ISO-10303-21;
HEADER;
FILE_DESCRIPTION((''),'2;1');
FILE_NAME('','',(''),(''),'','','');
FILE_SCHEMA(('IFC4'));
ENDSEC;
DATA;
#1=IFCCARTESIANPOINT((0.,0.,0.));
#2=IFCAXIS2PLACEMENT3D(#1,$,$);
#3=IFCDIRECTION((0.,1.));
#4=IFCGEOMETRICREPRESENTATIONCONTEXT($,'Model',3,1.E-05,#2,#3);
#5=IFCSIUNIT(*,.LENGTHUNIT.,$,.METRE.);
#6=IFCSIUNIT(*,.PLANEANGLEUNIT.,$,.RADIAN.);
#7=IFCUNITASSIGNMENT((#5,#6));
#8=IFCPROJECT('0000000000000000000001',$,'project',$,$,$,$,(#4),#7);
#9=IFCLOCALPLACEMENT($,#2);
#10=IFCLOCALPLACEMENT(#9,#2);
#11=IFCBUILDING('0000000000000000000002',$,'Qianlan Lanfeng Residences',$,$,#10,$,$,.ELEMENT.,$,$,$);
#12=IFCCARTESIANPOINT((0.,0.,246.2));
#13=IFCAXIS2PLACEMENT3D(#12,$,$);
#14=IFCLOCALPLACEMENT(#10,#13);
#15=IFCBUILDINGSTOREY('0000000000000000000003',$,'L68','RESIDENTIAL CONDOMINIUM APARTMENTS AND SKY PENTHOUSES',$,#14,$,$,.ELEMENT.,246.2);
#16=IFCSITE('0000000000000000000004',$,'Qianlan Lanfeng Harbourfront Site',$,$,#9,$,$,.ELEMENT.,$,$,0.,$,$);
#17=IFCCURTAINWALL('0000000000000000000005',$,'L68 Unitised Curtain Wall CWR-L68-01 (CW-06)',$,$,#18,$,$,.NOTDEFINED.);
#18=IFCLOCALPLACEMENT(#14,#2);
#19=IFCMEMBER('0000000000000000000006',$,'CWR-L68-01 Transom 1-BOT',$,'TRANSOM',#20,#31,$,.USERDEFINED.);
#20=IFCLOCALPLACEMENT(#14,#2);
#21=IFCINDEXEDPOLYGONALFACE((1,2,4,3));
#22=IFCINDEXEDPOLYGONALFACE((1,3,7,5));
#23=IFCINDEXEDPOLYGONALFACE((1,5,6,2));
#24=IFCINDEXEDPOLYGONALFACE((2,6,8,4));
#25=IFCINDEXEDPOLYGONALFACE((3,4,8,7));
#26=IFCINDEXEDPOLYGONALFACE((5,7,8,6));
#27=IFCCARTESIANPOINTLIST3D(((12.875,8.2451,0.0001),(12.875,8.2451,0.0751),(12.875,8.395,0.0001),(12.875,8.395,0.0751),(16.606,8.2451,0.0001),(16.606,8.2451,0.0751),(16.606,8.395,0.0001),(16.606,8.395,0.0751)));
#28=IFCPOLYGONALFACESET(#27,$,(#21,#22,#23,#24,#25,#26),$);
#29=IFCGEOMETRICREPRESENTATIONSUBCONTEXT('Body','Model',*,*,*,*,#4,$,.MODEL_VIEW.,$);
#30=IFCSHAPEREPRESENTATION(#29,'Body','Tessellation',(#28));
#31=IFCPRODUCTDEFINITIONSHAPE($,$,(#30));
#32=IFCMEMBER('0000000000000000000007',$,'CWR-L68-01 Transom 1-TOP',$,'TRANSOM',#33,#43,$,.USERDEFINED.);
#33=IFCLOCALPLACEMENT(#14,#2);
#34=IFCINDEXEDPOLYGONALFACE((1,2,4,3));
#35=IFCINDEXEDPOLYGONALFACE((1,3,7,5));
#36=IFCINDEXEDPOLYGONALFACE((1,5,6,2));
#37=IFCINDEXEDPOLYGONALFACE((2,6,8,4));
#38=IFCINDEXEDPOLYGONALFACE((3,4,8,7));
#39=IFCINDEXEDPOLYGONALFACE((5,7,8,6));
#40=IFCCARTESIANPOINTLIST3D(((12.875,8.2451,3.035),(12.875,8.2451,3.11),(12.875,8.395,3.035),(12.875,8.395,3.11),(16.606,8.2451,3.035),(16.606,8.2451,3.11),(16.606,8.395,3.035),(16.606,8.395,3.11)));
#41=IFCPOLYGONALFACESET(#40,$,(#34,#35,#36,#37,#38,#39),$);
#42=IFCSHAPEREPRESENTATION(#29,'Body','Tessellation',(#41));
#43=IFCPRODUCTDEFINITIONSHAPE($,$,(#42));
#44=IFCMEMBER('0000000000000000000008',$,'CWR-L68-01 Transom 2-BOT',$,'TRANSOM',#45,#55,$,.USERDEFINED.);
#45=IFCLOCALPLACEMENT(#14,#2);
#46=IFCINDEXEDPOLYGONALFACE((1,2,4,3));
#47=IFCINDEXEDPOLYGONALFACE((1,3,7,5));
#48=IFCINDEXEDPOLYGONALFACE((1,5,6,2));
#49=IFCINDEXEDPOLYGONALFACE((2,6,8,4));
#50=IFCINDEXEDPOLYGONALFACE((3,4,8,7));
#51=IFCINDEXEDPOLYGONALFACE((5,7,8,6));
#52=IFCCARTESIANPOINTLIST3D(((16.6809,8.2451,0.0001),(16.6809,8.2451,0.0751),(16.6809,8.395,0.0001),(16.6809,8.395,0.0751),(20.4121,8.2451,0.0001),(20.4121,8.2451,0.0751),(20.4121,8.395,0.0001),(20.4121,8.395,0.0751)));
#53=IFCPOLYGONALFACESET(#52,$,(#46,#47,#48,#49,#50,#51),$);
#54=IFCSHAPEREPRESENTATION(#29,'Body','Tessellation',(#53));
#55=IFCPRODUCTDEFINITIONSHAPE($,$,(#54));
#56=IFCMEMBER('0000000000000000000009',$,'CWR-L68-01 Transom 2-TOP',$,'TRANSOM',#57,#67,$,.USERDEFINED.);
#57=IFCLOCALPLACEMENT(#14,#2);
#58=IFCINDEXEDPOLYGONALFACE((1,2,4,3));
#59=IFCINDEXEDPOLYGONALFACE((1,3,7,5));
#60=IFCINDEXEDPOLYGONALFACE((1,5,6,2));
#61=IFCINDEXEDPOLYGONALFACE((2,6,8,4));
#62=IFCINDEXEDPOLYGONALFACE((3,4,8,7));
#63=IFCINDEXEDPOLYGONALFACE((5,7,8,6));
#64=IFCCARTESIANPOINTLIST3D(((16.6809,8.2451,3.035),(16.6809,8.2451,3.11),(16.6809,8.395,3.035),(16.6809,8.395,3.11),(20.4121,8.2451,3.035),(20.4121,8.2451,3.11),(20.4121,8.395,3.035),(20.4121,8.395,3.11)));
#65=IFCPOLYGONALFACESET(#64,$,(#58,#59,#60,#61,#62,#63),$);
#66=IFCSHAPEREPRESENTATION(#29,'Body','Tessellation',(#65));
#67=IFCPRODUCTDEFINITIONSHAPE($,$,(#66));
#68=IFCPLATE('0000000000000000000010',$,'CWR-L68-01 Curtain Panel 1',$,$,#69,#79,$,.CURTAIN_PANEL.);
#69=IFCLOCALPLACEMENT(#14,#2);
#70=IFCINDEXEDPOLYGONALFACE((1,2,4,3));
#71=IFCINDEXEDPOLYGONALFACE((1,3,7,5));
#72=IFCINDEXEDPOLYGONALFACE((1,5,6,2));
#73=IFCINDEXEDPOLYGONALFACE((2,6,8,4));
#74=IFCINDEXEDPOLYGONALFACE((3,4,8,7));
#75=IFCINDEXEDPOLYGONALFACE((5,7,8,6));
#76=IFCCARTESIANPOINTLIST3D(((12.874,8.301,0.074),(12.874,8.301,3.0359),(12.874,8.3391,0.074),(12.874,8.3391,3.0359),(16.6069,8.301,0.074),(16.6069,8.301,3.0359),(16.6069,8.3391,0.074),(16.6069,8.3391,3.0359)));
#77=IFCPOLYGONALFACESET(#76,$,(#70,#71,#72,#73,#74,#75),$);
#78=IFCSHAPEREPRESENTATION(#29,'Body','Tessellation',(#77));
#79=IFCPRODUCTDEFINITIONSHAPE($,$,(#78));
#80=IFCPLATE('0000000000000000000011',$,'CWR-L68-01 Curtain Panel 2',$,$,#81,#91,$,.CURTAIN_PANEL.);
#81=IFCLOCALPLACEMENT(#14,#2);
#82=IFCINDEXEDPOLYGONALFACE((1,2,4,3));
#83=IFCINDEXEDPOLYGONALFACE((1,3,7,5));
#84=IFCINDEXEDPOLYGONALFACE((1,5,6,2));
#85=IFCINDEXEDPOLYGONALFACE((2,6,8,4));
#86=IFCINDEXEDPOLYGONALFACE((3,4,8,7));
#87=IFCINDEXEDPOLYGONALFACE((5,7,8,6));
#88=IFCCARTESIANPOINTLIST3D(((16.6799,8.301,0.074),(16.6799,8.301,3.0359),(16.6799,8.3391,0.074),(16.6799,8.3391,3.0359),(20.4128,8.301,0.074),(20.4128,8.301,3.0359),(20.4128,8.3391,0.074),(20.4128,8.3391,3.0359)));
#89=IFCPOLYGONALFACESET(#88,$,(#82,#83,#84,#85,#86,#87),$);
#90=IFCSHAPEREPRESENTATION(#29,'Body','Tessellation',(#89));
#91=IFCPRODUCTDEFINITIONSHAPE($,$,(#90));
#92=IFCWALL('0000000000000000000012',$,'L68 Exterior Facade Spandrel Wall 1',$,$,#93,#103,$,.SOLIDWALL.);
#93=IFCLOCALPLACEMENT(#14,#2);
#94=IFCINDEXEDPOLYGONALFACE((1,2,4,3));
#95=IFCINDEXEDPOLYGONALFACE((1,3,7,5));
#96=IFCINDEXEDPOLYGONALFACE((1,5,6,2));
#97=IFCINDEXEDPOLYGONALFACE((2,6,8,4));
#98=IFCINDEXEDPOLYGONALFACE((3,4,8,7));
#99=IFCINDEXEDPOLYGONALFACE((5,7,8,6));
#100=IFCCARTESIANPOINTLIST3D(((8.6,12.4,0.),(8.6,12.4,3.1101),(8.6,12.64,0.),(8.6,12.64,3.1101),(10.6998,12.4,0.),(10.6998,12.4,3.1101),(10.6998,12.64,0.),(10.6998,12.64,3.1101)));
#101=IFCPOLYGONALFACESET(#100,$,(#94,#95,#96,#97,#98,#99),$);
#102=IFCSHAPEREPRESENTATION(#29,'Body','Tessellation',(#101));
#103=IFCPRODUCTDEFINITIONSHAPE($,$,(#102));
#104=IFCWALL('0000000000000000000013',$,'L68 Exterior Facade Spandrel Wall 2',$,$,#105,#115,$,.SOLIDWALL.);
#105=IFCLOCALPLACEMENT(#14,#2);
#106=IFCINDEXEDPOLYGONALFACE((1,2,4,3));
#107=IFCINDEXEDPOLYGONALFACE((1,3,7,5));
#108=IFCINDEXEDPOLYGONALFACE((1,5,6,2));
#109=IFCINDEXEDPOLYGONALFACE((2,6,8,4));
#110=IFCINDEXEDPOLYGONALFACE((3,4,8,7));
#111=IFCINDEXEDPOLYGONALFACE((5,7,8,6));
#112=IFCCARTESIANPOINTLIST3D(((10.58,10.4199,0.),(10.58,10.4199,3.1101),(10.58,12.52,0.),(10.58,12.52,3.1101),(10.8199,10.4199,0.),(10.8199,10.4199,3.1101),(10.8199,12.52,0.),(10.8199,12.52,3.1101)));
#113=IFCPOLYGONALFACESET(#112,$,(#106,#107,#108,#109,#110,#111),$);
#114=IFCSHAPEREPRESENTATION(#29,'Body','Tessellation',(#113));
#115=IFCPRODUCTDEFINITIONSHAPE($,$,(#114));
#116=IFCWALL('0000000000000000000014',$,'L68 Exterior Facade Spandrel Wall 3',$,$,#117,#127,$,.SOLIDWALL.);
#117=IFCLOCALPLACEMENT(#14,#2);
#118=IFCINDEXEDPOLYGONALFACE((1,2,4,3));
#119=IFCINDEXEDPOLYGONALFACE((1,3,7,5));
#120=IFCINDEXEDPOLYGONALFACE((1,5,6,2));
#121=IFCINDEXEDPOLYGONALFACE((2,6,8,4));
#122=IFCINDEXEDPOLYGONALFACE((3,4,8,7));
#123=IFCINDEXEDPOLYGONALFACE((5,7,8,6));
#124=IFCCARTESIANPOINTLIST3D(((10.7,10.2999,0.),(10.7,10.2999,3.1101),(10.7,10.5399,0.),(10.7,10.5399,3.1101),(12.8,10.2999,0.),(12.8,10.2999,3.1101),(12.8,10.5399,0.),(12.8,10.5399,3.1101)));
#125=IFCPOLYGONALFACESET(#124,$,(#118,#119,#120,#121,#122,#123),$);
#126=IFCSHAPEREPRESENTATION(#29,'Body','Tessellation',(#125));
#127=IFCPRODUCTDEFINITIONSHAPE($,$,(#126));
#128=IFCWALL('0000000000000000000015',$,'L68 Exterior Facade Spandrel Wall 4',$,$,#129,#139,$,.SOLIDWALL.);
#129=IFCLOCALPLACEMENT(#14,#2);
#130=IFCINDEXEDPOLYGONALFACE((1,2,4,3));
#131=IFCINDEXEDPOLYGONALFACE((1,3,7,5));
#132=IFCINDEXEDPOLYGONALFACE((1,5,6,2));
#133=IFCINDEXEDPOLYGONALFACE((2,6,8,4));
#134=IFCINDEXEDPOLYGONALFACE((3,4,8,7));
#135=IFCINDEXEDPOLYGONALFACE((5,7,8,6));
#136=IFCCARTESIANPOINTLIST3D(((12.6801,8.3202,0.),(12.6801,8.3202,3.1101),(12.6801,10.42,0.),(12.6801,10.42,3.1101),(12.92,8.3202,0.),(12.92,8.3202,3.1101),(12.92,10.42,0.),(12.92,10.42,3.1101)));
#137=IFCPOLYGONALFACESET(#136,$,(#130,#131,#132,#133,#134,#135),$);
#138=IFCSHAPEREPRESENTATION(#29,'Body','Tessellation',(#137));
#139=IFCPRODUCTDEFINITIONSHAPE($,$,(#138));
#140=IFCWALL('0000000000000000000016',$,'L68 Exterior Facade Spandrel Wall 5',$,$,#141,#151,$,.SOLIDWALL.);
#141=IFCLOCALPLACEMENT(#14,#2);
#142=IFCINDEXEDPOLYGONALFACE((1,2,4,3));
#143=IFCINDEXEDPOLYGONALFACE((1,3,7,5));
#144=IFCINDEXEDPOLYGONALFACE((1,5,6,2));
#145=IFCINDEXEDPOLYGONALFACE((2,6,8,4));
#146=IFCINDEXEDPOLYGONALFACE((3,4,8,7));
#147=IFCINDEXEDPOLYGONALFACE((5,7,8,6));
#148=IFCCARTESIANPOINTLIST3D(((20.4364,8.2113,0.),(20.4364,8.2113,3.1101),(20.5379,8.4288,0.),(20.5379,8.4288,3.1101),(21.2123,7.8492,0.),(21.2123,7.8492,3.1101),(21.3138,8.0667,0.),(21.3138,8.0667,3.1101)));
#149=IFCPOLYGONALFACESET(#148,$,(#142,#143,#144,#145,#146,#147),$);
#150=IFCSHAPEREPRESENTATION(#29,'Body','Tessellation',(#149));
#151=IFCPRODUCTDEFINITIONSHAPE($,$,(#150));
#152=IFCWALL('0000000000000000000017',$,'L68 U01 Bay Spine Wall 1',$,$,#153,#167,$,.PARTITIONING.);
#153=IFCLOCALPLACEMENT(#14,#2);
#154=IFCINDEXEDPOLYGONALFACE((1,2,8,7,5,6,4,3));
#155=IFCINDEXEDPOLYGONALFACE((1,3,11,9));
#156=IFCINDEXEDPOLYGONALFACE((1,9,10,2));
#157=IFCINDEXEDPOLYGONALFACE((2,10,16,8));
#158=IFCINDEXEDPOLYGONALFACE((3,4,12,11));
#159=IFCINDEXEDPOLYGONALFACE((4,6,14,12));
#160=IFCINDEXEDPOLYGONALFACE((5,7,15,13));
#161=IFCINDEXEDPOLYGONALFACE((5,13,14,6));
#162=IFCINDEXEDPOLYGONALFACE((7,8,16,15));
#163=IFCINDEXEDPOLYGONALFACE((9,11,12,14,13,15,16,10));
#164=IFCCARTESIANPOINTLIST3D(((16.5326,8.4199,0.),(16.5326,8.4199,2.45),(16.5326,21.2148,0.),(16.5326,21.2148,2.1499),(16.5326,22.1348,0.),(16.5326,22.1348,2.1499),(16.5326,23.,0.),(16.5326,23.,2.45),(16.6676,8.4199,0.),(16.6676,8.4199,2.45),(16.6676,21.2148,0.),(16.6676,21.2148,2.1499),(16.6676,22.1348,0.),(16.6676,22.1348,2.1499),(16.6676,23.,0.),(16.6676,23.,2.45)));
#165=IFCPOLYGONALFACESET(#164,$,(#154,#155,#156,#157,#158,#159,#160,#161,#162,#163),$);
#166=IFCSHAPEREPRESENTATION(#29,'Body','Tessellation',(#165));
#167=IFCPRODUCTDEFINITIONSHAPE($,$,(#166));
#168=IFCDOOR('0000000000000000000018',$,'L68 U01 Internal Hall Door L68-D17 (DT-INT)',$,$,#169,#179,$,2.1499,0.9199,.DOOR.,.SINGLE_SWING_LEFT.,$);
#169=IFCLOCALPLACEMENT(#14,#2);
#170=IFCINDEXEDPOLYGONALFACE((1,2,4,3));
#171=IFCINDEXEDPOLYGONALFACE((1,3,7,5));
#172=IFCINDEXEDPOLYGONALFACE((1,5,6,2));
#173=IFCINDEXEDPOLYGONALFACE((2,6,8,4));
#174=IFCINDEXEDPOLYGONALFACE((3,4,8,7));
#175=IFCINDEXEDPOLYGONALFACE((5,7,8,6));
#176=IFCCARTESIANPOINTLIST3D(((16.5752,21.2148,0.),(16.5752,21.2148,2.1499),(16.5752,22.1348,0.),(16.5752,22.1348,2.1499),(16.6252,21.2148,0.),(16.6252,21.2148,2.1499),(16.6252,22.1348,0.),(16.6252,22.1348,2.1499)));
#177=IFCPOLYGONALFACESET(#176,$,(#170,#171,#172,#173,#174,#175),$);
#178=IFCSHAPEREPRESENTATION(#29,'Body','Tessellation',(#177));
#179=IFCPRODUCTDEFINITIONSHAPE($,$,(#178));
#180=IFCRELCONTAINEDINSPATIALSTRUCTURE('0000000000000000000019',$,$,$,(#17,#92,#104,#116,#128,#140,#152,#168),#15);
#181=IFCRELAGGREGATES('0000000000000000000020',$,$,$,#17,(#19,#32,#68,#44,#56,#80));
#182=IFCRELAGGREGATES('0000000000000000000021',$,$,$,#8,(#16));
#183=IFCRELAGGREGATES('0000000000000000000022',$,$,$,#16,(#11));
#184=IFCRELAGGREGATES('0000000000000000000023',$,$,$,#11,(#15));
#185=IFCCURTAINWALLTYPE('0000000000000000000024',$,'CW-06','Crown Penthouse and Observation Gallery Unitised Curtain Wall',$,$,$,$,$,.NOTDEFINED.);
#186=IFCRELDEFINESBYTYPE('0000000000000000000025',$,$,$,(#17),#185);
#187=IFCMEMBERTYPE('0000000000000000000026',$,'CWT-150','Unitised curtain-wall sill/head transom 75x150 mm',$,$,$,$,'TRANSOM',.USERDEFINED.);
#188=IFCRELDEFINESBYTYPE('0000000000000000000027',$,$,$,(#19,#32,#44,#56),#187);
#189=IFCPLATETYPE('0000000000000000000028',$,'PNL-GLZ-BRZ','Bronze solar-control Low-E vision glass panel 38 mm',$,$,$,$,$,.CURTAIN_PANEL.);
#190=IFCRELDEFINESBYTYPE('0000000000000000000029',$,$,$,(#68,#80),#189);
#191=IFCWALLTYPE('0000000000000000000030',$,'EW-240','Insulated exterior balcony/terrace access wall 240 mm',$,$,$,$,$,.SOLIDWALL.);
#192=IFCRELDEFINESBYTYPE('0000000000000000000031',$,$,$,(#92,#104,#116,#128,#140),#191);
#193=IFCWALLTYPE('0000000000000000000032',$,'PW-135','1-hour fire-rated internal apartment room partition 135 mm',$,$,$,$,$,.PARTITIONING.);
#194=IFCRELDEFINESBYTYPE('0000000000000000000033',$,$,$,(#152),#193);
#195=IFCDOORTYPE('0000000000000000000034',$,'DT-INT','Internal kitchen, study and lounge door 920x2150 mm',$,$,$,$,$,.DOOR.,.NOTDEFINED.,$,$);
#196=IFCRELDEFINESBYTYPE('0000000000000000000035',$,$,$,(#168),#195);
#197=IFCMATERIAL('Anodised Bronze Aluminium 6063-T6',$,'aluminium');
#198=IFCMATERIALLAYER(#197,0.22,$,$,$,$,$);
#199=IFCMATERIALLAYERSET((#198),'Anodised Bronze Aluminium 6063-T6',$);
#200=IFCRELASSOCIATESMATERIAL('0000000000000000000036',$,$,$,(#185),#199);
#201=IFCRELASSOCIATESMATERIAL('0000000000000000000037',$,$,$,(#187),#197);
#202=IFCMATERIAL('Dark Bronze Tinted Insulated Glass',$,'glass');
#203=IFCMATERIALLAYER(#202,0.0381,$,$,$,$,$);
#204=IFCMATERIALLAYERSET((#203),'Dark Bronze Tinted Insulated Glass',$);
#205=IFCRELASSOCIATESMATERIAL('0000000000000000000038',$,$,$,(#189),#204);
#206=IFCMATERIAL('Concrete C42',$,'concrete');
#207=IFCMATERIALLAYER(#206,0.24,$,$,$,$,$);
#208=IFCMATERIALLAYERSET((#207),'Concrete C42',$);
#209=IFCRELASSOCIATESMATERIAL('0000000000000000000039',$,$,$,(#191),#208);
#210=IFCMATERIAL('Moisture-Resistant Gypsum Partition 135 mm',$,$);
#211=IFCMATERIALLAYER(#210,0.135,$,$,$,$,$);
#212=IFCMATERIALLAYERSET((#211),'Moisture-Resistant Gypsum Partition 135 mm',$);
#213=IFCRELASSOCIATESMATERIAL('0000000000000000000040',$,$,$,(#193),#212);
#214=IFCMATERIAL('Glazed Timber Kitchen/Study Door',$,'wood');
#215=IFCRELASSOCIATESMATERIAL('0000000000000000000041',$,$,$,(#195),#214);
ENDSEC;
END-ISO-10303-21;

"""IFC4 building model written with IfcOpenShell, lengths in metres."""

from ifc_helpers import new_model, si_unit, direction, frame, frame_2d, origin, origin_2d, place, context, subcontext, project, spatial, rectangle, extrude, source, transform, mapped, material, layer, layer_set, material_profile, profile_set, type_object, element, fill, aggregate, save


model = new_model("IFC4")

# Units and contexts
model_context = context("Model", 3, precision=1e-05, world=origin(), true_north=direction((0.0, 1.0)))
body_context = subcontext(model_context, "Body", "Model", "MODEL_VIEW")
ifc_project = project(units=[si_unit("LENGTHUNIT", "METRE"), si_unit("PLANEANGLEUNIT", "RADIAN")], contexts=[model_context])

# Site, building, storey
site_placement = place(None, origin())
site = spatial("IfcSite", under=ifc_project, at=site_placement, Name="Qianlan Lanfeng Harbourfront Site", CompositionType="ELEMENT", RefElevation=0.0)
building_placement = place(site_placement, origin())
building = spatial("IfcBuilding", under=site, at=building_placement, Name="Qianlan Lanfeng Residences", CompositionType="ELEMENT")
storey_placement = place(building_placement, frame((0.0, 0.0, 246.2)))
storey = spatial("IfcBuildingStorey", under=building, at=storey_placement, Name="L68", Description="RESIDENTIAL CONDOMINIUM APARTMENTS AND SKY PENTHOUSES", CompositionType="ELEMENT", Elevation=246.2)

# Curtain wall
ifc_material_1 = material(Name="Anodised Bronze Aluminium 6063-T6", Category="aluminium")
ifc_layer_1 = layer(ifc_material_1, 0.22)
ifc_layer_set_1 = layer_set([ifc_layer_1], Name="Anodised Bronze Aluminium 6063-T6")
curtain_wall_type = type_object("IfcCurtainWallType", Name="CW-06", Description="Crown Penthouse and Observation Gallery Unitised Curtain Wall", PredefinedType="NOTDEFINED", material=ifc_layer_set_1)
curtain_wall_1_placement = place(storey_placement, origin())
curtain_wall_1 = element("IfcCurtainWall", 1, at=curtain_wall_1_placement, inside=storey, type_object=curtain_wall_type, Name="L68 Unitised Curtain Wall CWR-L68-01 (CW-06)", PredefinedType="NOTDEFINED")

# Members
ifc_material_profile_1 = material_profile(ifc_material_1, rectangle(XDim=0.075, YDim=0.1499, at=origin_2d()), Name="ALU TRANSOM 75x150")
ifc_profile_set_1 = profile_set([ifc_material_profile_1], Name="Anodised Bronze Aluminium 6063-T6")
member_type_1 = type_object("IfcMemberType", Name="CWT-150", Description="Unitised curtain-wall sill/head transom 75x150 mm", ElementType="TRANSOM", PredefinedType="USERDEFINED", material=ifc_profile_set_1)
shared_shape_1 = source(origin(), body_context, "Body", "SweptSolid", [
    extrude(rectangle(XDim=0.075, YDim=0.1499, at=origin_2d()), origin(), (0.0, 0.0, 1.0), 3.731),
])
member_1_placement = place(storey_placement, frame((12.875, 8.3201, 0.0376), z_axis=(1.0, 0.0, 0.0), x_axis=(0.0, 0.0, 1.0)))
member_1 = element("IfcMember", 2, at=member_1_placement, type_object=member_type_1, Name="CWR-L68-01 Transom 1-BOT", ObjectType="TRANSOM", PredefinedType="USERDEFINED", context=body_context, shape_type="MappedRepresentation", body=[
    mapped(shared_shape_1, transform((0.0, 0.0, 0.0), scale=1.0)),
])
member_2_placement = place(storey_placement, frame((12.875, 8.3201, 3.0725), z_axis=(1.0, 0.0, 0.0), x_axis=(0.0, 0.0, 1.0)))
member_2 = element("IfcMember", 3, at=member_2_placement, type_object=member_type_1, Name="CWR-L68-01 Transom 1-TOP", ObjectType="TRANSOM", PredefinedType="USERDEFINED", context=body_context, shape_type="MappedRepresentation", body=[
    mapped(shared_shape_1, transform((0.0, 0.0, 0.0), scale=1.0)),
])
shared_shape_2 = source(origin(), body_context, "Body", "SweptSolid", [
    extrude(rectangle(XDim=0.075, YDim=0.1499, at=origin_2d()), origin(), (0.0, 0.0, 1.0), 3.7312),
])
member_3_placement = place(storey_placement, frame((16.6809, 8.3201, 0.0376), z_axis=(1.0, 0.0, 0.0), x_axis=(0.0, 0.0, 1.0)))
member_3 = element("IfcMember", 4, at=member_3_placement, type_object=member_type_1, Name="CWR-L68-01 Transom 2-BOT", ObjectType="TRANSOM", PredefinedType="USERDEFINED", context=body_context, shape_type="MappedRepresentation", body=[
    mapped(shared_shape_2, transform((0.0, 0.0, 0.0), scale=1.0)),
])
member_4_placement = place(storey_placement, frame((16.6809, 8.3201, 3.0725), z_axis=(1.0, 0.0, 0.0), x_axis=(0.0, 0.0, 1.0)))
member_4 = element("IfcMember", 5, at=member_4_placement, type_object=member_type_1, Name="CWR-L68-01 Transom 2-TOP", ObjectType="TRANSOM", PredefinedType="USERDEFINED", context=body_context, shape_type="MappedRepresentation", body=[
    mapped(shared_shape_2, transform((0.0, 0.0, 0.0), scale=1.0)),
])

# Plates
ifc_material_2 = material(Name="Dark Bronze Tinted Insulated Glass", Category="glass")
ifc_layer_2 = layer(ifc_material_2, 0.0381)
ifc_layer_set_2 = layer_set([ifc_layer_2], Name="Dark Bronze Tinted Insulated Glass")
plate_type = type_object("IfcPlateType", Name="PNL-GLZ-BRZ", Description="Bronze solar-control Low-E vision glass panel 38 mm", PredefinedType="CURTAIN_PANEL", material=ifc_layer_set_2)
shared_shape_3 = source(origin(), body_context, "Body", "SweptSolid", [
    extrude(rectangle(XDim=3.7329, YDim=0.0381, at=origin_2d()), origin(), (0.0, 0.0, 1.0), 2.9619),
])
plate_1_placement = place(storey_placement, frame((14.7405, 8.3201, 0.074), z_axis=(0.0, 0.0, 1.0), x_axis=(1.0, 0.0, 0.0)))
plate_1 = element("IfcPlate", 6, at=plate_1_placement, type_object=plate_type, Name="CWR-L68-01 Curtain Panel 1", PredefinedType="CURTAIN_PANEL", context=body_context, shape_type="MappedRepresentation", body=[
    mapped(shared_shape_3, transform((0.0, 0.0, 0.0), scale=1.0)),
])
plate_2_placement = place(storey_placement, frame((18.5464, 8.3201, 0.074), z_axis=(0.0, 0.0, 1.0), x_axis=(1.0, 0.0, 0.0)))
plate_2 = element("IfcPlate", 7, at=plate_2_placement, type_object=plate_type, Name="CWR-L68-01 Curtain Panel 2", PredefinedType="CURTAIN_PANEL", context=body_context, shape_type="MappedRepresentation", body=[
    mapped(shared_shape_3, transform((0.0, 0.0, 0.0), scale=1.0)),
])
aggregate(curtain_wall_1, [member_1, member_2, plate_1, member_3, member_4, plate_2])

# Walls
ifc_material_3 = material(Name="Concrete C42", Category="concrete")
ifc_layer_3 = layer(ifc_material_3, 0.24)
ifc_layer_set_3 = layer_set([ifc_layer_3], Name="Concrete C42")
wall_type_1 = type_object("IfcWallType", Name="EW-240", Description="Insulated exterior balcony/terrace access wall 240 mm", PredefinedType="SOLIDWALL", material=ifc_layer_set_3)
wall_1_placement = place(storey_placement, frame((8.6001, 12.52, 0.0), z_axis=(0.0, 0.0, 1.0), x_axis=(1.0, 0.0, 0.0)))
element("IfcWall", 8, at=wall_1_placement, inside=storey, type_object=wall_type_1, Name="L68 Exterior Facade Spandrel Wall 1", PredefinedType="SOLIDWALL", context=body_context, shape_type="SweptSolid", body=[
    extrude(rectangle(XDim=2.0999, YDim=0.24, at=frame_2d((1.0498, 0.0))), origin(), (0.0, 0.0, 1.0), 3.1101),
])
for number, where, z_axis, x_axis, name in (
    (9, (10.7, 12.52, 0.0), (0.0, 0.0, 1.0), (0.0, -1.0, 0.0), "L68 Exterior Facade Spandrel Wall 2"),
    (10, (10.7, 10.4199, 0.0), (0.0, 0.0, 1.0), (1.0, 0.0, 0.0), "L68 Exterior Facade Spandrel Wall 3"),
):
    element("IfcWall", number, at=place(storey_placement, frame(where, z_axis=z_axis, x_axis=x_axis)), inside=storey, type_object=wall_type_1, Name=name, PredefinedType="SOLIDWALL", context=body_context, shape_type="SweptSolid", body=[
        extrude(rectangle(XDim=2.1001, YDim=0.24, at=frame_2d((1.05, 0.0))), origin(), (0.0, 0.0, 1.0), 3.1101),
    ])
wall_2_placement = place(storey_placement, frame((12.8, 10.4199, 0.0), z_axis=(0.0, 0.0, 1.0), x_axis=(0.0, -1.0, 0.0)))
element("IfcWall", 11, at=wall_2_placement, inside=storey, type_object=wall_type_1, Name="L68 Exterior Facade Spandrel Wall 4", PredefinedType="SOLIDWALL", context=body_context, shape_type="SweptSolid", body=[
    extrude(rectangle(XDim=2.0999, YDim=0.24, at=frame_2d((1.0498, 0.0))), origin(), (0.0, 0.0, 1.0), 3.1101),
])
wall_3_placement = place(storey_placement, frame((20.4871, 8.3201, 0.0), z_axis=(0.0, 0.0, 1.0), x_axis=(0.90619, -0.42287, 0.0)))
element("IfcWall", 12, at=wall_3_placement, inside=storey, type_object=wall_type_1, Name="L68 Exterior Facade Spandrel Wall 5", PredefinedType="SOLIDWALL", context=body_context, shape_type="SweptSolid", body=[
    extrude(rectangle(XDim=0.8562, YDim=0.24, at=frame_2d((0.4282, 0.0))), origin(), (0.0, 0.0, 1.0), 3.1101),
])

# Wall, opening, door
ifc_material_4 = material(Name="Moisture-Resistant Gypsum Partition 135 mm")
ifc_layer_4 = layer(ifc_material_4, 0.135)
ifc_layer_set_4 = layer_set([ifc_layer_4], Name="Moisture-Resistant Gypsum Partition 135 mm")
wall_type_2 = type_object("IfcWallType", Name="PW-135", Description="1-hour fire-rated internal apartment room partition 135 mm", PredefinedType="PARTITIONING", material=ifc_layer_set_4)
wall_4_placement = place(storey_placement, frame((16.6001, 8.4199, 0.0), z_axis=(0.0, 0.0, 1.0), x_axis=(0.0, 1.0, 0.0)))
wall_4 = element("IfcWall", 13, at=wall_4_placement, inside=storey, type_object=wall_type_2, Name="L68 U01 Bay Spine Wall 1", PredefinedType="PARTITIONING", context=body_context, shape_type="SweptSolid", body=[
    extrude(rectangle(XDim=14.5801, YDim=0.135, at=frame_2d((7.29, 0.0))), origin(), (0.0, 0.0, 1.0), 2.45),
])
opening_1_placement = place(wall_4_placement, frame((12.7949, 0.0, 0.0)))
opening_1 = element("IfcOpeningElement", 14, at=opening_1_placement, cuts=wall_4, PredefinedType="OPENING", context=body_context, shape_type="SweptSolid", body=[
    extrude(rectangle(XDim=0.9199, YDim=2.1499, at=frame_2d((0.46, 1.075))), frame((0.0, 0.0776, 0.0), z_axis=(0.0, -1.0, 0.0), x_axis=(1.0, 0.0, 0.0)), (0.0, 0.0, 1.0), 0.155),
])
ifc_material_5 = material(Name="Glazed Timber Kitchen/Study Door", Category="wood")
door_type_1 = type_object("IfcDoorType", Name="DT-INT", Description="Internal kitchen, study and lounge door 920x2150 mm", OperationType="NOTDEFINED", PredefinedType="DOOR", material=ifc_material_5)
door_1_placement = place(opening_1_placement, origin())
door_1 = element("IfcDoor", 15, at=door_1_placement, inside=storey, type_object=door_type_1, Name="L68 U01 Internal Hall Door L68-D17 (DT-INT)", OperationType="SINGLE_SWING_LEFT", OverallHeight=2.1499, OverallWidth=0.9199, PredefinedType="DOOR", context=body_context, shape_type="SweptSolid", body=[
    extrude(rectangle(XDim=0.9199, YDim=2.1499, at=frame_2d((0.46, 1.075))), frame((0.0, 0.0249, 0.0), z_axis=(0.0, -1.0, 0.0), x_axis=(1.0, 0.0, 0.0)), (0.0, 0.0, 1.0), 0.05),
])
fill(opening_1, door_1)

save(model, "model.ifc")
